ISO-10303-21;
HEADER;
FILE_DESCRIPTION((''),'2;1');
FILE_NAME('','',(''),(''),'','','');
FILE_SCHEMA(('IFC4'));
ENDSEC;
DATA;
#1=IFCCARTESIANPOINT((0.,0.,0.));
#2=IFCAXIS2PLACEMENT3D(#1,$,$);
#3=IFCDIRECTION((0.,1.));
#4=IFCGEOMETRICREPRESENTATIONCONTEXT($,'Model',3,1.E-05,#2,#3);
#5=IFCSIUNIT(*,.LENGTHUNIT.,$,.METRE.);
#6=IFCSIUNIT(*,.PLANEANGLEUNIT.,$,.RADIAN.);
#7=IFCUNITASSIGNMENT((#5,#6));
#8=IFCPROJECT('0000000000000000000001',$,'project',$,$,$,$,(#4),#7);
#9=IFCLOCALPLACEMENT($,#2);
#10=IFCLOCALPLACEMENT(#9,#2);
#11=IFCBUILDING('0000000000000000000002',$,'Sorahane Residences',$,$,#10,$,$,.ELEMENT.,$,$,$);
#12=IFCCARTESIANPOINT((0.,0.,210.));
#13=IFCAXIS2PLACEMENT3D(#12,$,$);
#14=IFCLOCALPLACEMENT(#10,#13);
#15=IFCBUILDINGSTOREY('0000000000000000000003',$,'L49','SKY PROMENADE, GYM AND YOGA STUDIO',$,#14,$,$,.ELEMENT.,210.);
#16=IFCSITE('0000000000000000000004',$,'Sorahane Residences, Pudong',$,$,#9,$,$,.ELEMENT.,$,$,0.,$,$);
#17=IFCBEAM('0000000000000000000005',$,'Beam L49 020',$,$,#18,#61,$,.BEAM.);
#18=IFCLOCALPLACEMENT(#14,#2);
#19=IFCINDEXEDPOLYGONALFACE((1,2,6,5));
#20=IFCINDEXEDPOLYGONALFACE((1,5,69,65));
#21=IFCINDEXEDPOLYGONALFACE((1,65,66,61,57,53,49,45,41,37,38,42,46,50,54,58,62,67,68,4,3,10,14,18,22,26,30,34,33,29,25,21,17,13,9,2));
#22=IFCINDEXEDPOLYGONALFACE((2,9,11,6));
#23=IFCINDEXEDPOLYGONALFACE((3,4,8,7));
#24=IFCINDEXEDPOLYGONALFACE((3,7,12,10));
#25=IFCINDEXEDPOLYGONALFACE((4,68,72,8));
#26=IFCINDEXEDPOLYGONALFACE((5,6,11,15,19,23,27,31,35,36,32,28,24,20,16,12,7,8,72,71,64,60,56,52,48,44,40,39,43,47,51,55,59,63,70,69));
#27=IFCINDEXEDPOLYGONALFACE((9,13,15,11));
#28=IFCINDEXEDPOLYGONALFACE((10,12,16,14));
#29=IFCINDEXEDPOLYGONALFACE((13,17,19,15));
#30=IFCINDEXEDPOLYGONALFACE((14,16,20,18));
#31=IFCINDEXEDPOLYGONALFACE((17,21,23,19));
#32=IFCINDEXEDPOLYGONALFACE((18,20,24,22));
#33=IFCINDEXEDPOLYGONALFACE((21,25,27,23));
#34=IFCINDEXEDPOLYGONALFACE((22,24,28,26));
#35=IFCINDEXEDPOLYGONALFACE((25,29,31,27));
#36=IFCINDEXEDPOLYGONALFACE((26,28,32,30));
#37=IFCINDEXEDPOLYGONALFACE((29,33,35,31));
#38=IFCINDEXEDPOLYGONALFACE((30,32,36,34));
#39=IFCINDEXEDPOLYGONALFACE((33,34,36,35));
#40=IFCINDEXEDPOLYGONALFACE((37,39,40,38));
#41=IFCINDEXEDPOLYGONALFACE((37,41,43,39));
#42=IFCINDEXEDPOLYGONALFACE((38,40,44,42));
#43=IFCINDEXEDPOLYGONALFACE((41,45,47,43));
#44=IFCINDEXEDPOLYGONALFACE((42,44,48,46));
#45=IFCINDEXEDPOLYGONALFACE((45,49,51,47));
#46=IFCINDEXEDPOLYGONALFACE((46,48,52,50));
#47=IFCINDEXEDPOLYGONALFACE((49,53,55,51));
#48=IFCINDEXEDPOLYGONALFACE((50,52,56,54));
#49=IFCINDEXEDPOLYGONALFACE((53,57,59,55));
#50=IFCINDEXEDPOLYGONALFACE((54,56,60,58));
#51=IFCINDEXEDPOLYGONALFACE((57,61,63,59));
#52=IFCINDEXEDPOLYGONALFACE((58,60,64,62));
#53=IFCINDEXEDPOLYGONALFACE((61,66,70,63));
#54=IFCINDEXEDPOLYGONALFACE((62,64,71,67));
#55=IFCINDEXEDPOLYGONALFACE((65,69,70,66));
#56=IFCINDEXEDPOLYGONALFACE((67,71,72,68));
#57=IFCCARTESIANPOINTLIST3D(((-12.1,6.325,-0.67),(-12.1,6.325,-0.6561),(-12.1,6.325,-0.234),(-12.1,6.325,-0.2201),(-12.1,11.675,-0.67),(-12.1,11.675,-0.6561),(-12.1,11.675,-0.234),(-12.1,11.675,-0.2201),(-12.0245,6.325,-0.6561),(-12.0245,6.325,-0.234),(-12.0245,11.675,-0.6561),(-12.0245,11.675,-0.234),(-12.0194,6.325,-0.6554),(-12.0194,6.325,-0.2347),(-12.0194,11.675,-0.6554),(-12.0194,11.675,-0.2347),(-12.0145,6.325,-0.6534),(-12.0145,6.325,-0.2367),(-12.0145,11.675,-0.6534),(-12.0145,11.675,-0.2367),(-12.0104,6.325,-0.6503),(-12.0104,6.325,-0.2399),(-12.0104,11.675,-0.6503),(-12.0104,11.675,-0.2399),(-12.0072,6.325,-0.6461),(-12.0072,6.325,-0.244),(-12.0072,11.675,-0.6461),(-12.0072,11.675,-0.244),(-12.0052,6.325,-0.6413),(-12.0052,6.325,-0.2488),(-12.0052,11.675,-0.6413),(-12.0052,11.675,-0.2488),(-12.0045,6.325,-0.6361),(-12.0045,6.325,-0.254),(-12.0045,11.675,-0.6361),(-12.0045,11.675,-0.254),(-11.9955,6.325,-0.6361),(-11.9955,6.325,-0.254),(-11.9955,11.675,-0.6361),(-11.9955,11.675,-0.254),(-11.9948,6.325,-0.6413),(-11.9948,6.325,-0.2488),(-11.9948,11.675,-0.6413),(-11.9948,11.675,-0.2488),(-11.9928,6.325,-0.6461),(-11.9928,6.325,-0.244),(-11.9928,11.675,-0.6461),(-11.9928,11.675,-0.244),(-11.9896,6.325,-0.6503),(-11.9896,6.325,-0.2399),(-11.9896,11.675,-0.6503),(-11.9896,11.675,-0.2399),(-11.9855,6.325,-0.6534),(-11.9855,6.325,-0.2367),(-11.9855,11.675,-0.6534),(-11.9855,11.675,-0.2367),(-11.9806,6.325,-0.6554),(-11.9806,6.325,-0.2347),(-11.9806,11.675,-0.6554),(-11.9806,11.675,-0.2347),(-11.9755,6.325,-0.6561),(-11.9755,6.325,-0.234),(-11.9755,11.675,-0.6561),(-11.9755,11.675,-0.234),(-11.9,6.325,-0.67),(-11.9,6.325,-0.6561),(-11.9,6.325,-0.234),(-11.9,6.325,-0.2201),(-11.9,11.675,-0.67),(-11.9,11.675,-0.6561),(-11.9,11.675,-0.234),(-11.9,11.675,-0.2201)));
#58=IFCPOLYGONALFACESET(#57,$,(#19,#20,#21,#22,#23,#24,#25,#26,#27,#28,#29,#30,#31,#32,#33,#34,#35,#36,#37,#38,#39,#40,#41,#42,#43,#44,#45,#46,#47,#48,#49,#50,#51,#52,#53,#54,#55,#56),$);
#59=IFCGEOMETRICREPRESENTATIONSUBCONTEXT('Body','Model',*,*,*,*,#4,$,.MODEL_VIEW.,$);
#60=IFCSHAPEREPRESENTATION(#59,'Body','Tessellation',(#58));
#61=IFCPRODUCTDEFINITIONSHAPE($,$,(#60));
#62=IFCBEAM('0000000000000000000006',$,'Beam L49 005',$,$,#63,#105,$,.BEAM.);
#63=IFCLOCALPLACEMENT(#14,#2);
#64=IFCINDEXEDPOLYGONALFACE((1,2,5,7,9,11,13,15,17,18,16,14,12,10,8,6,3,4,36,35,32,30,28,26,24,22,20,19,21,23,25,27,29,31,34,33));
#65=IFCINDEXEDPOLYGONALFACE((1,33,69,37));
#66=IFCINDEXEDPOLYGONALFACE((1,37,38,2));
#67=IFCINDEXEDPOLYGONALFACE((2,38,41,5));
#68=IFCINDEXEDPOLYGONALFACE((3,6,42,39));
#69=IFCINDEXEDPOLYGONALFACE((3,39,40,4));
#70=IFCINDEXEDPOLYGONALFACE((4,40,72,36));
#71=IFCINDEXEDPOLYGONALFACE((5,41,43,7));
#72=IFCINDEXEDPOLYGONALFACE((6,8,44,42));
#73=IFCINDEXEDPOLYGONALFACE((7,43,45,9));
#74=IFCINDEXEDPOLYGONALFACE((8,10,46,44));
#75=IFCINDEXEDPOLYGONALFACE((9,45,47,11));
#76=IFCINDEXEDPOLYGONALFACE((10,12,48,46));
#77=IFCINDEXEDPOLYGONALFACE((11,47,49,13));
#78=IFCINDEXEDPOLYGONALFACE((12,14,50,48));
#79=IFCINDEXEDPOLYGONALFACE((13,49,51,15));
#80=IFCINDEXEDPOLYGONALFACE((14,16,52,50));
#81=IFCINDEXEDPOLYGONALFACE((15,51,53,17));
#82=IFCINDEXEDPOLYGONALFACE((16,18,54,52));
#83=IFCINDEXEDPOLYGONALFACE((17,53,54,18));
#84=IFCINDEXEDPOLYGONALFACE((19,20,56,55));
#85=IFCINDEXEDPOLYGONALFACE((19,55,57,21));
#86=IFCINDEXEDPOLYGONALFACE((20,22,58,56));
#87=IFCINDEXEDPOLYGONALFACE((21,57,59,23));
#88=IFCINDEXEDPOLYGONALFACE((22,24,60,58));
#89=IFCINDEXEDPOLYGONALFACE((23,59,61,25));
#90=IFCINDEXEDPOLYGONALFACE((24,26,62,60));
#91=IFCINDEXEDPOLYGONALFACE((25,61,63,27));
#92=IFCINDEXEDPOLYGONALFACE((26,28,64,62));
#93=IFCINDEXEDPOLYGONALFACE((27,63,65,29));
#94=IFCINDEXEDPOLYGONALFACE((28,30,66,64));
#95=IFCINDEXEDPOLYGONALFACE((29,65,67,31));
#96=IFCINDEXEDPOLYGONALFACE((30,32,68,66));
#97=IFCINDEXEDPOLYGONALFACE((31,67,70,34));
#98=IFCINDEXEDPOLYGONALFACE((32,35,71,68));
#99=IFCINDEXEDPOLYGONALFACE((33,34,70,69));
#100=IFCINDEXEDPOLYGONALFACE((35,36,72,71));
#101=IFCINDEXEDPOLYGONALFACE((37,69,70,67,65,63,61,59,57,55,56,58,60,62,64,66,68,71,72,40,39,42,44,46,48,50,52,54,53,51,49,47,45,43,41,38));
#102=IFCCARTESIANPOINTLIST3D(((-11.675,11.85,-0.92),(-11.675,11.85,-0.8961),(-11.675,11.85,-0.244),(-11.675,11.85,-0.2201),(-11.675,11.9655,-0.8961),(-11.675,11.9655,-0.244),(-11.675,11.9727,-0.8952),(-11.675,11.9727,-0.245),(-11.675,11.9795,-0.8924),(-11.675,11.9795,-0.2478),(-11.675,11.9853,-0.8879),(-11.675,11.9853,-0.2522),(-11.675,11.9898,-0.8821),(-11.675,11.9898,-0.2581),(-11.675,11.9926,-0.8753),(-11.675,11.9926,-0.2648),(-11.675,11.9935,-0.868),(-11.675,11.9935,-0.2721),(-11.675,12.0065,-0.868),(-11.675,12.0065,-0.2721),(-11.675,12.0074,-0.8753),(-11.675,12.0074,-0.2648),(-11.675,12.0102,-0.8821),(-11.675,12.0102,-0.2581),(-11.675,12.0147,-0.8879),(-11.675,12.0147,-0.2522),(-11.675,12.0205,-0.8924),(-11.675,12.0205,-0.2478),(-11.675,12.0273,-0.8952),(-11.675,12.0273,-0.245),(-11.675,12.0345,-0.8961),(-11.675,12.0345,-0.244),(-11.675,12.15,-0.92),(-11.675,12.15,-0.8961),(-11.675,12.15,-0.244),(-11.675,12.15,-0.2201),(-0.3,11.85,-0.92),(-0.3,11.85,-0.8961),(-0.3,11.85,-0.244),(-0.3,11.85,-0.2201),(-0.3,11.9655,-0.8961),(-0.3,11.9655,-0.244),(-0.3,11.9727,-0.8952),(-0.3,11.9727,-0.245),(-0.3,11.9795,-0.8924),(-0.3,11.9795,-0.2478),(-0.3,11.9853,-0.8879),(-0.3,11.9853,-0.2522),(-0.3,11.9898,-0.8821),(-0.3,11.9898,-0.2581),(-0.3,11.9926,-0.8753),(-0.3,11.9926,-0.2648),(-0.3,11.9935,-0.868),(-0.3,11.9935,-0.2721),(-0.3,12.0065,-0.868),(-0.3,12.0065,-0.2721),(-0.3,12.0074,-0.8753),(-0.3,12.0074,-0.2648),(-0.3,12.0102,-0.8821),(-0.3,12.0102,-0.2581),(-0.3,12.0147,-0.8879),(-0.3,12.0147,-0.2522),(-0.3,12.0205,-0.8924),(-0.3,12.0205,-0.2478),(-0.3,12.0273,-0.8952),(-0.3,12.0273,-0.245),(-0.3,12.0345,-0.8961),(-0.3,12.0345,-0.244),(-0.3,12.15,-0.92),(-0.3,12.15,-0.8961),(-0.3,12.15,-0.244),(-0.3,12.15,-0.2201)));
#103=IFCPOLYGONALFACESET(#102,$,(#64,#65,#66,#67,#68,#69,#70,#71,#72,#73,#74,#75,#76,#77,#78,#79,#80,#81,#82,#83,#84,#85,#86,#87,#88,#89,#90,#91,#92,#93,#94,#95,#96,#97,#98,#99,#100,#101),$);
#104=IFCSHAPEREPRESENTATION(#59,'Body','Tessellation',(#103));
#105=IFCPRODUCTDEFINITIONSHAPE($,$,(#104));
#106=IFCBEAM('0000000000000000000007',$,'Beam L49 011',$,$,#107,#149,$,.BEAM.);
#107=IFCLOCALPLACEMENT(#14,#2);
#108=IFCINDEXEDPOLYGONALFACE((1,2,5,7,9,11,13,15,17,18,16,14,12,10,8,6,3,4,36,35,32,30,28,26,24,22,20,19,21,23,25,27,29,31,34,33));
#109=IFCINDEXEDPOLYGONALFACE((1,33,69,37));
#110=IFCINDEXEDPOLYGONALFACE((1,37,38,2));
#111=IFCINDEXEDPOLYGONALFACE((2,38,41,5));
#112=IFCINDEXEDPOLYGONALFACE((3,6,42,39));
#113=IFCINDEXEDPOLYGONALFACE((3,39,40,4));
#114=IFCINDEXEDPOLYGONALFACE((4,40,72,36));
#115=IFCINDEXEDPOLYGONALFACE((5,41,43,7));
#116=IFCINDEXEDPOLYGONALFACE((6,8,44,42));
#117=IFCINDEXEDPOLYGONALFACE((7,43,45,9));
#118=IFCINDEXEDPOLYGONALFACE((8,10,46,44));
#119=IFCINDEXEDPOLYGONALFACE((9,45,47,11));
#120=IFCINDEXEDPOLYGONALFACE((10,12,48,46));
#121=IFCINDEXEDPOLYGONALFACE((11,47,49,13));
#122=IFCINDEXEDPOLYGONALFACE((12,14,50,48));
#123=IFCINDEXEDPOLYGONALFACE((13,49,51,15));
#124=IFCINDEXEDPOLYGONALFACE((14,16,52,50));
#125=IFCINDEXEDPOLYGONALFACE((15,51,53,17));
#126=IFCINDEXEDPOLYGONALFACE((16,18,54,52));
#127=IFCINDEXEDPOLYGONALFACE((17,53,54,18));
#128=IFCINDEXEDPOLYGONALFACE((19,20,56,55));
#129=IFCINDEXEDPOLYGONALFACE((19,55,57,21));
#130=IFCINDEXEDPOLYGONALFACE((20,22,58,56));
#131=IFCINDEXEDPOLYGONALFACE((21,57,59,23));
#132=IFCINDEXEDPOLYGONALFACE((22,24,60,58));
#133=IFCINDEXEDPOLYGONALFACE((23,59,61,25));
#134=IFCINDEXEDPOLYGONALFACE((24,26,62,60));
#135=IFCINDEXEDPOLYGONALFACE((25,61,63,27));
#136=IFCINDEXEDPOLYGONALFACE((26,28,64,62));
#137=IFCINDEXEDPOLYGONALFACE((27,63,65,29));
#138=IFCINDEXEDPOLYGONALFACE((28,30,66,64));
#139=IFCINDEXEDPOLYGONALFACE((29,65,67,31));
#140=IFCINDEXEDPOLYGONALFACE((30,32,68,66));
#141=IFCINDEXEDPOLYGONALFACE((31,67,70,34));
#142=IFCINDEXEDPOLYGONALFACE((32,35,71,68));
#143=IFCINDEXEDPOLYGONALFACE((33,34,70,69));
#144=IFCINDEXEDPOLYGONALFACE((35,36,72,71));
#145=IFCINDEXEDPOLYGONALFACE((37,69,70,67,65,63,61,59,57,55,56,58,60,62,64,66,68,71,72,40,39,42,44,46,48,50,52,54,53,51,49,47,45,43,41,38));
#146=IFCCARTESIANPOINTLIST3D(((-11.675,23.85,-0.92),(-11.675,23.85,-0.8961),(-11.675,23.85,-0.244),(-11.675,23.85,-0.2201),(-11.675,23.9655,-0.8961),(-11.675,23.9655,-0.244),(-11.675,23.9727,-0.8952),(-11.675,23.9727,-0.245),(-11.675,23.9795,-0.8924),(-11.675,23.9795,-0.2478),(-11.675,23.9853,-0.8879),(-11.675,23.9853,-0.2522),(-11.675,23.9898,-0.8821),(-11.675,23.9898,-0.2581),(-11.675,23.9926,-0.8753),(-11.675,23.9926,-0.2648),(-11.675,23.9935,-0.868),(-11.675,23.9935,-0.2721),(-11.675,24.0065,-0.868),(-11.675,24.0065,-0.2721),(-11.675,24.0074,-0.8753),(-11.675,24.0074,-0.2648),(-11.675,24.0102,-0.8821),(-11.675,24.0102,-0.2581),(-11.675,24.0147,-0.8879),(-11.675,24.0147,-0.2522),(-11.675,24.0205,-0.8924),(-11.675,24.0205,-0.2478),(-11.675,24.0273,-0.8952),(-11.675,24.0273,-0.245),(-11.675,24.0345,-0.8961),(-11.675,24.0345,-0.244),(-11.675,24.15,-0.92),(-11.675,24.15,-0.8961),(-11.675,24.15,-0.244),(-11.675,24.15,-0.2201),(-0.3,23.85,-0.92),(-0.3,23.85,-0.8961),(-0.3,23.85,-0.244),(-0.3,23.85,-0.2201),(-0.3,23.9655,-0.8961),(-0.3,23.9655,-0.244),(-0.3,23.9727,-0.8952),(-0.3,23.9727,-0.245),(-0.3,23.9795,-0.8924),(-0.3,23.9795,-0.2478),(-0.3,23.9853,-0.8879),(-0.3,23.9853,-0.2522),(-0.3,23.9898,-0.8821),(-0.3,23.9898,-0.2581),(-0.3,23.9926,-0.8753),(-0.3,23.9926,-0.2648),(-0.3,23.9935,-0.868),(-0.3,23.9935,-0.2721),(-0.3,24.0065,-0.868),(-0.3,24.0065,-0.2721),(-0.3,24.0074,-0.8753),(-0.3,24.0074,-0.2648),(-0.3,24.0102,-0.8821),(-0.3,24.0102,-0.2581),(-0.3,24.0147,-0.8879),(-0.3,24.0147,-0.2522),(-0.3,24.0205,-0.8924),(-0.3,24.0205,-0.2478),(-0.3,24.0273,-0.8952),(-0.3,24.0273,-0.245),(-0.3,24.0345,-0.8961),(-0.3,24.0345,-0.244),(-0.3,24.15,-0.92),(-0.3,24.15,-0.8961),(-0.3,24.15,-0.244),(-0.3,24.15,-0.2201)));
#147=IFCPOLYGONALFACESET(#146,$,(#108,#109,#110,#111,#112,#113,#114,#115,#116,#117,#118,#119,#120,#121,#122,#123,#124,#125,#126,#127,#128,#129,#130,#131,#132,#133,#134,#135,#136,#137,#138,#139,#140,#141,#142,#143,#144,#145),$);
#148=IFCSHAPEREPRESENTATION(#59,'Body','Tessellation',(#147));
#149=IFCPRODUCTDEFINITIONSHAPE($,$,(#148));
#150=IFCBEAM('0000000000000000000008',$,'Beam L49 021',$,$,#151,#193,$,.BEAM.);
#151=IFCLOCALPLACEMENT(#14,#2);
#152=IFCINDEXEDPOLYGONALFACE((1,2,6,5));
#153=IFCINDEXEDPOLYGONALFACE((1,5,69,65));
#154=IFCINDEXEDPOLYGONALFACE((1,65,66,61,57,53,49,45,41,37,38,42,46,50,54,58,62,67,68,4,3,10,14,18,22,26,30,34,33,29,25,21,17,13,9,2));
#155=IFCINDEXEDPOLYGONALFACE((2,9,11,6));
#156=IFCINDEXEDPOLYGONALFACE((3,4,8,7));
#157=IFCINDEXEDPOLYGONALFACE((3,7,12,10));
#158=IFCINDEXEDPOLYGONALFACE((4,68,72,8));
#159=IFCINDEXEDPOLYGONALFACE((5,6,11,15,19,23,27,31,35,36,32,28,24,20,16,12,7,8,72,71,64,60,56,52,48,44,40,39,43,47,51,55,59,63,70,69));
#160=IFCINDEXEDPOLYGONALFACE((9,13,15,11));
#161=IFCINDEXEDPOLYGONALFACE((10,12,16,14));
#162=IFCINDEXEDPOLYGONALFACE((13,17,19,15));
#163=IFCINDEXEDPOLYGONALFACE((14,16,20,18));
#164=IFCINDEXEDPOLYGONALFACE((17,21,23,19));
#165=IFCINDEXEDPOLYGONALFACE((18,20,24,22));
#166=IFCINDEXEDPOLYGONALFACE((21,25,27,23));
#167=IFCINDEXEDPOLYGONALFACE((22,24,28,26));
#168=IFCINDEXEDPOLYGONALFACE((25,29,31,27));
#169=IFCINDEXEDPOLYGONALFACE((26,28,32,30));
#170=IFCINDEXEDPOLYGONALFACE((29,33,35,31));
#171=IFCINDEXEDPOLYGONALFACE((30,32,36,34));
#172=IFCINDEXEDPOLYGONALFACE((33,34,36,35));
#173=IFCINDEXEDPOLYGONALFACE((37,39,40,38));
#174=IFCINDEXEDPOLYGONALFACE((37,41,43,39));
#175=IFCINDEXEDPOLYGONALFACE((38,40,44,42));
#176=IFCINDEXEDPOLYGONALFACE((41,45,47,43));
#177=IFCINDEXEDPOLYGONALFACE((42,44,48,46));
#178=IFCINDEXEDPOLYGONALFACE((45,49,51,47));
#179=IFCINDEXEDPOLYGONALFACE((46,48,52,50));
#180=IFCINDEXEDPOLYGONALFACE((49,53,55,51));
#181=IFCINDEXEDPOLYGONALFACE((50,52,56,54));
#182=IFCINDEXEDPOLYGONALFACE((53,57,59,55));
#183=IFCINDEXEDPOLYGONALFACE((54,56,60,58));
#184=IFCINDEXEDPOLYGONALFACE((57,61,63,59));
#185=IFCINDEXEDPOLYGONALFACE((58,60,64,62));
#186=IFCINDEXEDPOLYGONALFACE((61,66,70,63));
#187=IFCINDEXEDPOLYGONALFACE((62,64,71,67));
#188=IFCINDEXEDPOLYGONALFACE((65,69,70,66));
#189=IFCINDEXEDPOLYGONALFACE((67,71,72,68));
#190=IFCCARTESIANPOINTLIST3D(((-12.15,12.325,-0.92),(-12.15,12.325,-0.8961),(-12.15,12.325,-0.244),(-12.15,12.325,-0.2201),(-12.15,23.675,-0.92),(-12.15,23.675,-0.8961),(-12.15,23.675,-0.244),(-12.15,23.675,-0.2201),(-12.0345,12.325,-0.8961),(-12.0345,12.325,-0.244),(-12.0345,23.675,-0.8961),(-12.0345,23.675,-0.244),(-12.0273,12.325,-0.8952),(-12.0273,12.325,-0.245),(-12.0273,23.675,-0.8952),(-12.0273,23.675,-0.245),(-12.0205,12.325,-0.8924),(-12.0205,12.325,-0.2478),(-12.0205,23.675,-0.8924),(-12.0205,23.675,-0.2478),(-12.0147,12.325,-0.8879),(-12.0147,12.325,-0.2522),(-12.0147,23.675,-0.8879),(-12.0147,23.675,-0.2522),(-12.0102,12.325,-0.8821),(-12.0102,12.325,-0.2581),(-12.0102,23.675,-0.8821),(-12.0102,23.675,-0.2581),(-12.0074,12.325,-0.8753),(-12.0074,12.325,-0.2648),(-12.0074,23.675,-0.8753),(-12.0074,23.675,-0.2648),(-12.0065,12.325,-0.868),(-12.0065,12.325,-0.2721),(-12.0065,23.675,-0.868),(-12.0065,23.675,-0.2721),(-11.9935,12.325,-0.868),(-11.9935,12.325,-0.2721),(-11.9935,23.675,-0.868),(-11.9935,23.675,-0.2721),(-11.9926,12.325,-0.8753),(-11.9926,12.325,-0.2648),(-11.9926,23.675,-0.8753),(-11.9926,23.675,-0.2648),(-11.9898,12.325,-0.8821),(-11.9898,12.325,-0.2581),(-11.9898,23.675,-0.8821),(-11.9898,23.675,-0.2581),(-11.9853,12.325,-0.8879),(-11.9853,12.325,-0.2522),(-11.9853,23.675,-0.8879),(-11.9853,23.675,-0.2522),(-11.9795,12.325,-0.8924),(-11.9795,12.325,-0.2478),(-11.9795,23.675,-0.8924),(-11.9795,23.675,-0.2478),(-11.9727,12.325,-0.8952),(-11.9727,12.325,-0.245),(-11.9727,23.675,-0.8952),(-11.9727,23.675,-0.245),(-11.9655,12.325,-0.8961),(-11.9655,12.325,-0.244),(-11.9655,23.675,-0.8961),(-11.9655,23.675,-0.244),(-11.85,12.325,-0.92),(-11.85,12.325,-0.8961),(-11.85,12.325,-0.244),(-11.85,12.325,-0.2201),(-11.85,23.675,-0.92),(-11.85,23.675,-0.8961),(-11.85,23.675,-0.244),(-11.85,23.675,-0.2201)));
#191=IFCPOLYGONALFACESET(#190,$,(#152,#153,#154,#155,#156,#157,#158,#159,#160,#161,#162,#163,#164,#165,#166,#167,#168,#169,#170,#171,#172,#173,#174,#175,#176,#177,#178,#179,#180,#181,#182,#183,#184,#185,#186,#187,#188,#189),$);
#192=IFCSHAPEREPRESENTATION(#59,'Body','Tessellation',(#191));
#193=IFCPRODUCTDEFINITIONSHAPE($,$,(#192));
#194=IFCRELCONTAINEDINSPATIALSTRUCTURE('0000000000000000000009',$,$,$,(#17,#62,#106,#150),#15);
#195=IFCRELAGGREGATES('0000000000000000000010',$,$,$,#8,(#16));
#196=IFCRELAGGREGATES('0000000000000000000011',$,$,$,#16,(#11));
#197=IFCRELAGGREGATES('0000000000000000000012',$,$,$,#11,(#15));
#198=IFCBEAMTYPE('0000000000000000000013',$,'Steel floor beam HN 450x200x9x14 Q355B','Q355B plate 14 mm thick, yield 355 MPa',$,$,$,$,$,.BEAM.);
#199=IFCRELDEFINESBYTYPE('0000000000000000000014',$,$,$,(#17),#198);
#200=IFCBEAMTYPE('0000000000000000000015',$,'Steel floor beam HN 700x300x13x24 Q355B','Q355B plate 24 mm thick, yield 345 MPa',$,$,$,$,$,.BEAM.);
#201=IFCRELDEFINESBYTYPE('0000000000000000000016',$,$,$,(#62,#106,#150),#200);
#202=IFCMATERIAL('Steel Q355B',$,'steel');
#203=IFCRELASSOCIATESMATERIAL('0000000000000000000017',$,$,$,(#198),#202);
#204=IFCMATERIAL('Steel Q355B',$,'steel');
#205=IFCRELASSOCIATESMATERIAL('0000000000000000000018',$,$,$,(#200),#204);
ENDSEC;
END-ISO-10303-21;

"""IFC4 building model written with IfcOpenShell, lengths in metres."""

from ifc_helpers import new_model, si_unit, direction, frame, origin, origin_2d, place, context, subcontext, project, spatial, i_section, extrude, material, material_profile, profile_set, type_object, element, save


model = new_model("IFC4")

# Units and contexts
model_context = context("Model", 3, precision=1e-05, world=origin(), true_north=direction((0.0, 1.0)))
body_context = subcontext(model_context, "Body", "Model", "MODEL_VIEW")
ifc_project = project(units=[si_unit("LENGTHUNIT", "METRE"), si_unit("PLANEANGLEUNIT", "RADIAN")], contexts=[model_context])

# Site, building, storey
site_placement = place(None, origin())
site = spatial("IfcSite", under=ifc_project, at=site_placement, Name="Sorahane Residences, Pudong", CompositionType="ELEMENT", RefElevation=0.0)
building_placement = place(site_placement, origin())
building = spatial("IfcBuilding", under=site, at=building_placement, Name="Sorahane Residences", CompositionType="ELEMENT")
storey_placement = place(building_placement, frame((0.0, 0.0, 210.0)))
storey = spatial("IfcBuildingStorey", under=building, at=storey_placement, Name="L49", Description="SKY PROMENADE, GYM AND YOGA STUDIO", CompositionType="ELEMENT", Elevation=210.0)

# Beams
ifc_material_1 = material(Name="Steel Q355B", Category="steel")
ifc_material_profile_1 = material_profile(ifc_material_1, i_section(OverallWidth=0.2, OverallDepth=0.45, WebThickness=0.009, FlangeThickness=0.0139, FilletRadius=0.02, at=origin_2d()), Name="HN 450x200x9x14")
ifc_profile_set_1 = profile_set([ifc_material_profile_1], Name="Steel Q355B")
beam_type_1 = type_object("IfcBeamType", Name="Steel floor beam HN 450x200x9x14 Q355B", Description="Q355B plate 14 mm thick, yield 355 MPa", PredefinedType="BEAM", material=ifc_profile_set_1)
beam_1_placement = place(storey_placement, frame((-12.0, 6.325, -0.4451), z_axis=(0.0, 1.0, 0.0), x_axis=(-1.0, 0.0, 0.0)))
element("IfcBeam", 1, at=beam_1_placement, inside=storey, type_object=beam_type_1, Name="Beam L49 020", PredefinedType="BEAM", context=body_context, shape_type="SweptSolid", body=[
    extrude(i_section(OverallWidth=0.2, OverallDepth=0.45, WebThickness=0.009, FlangeThickness=0.0139, FilletRadius=0.02, at=origin_2d()), origin(), (0.0, 0.0, 1.0), 5.3501),
])
ifc_material_2 = material(Name="Steel Q355B", Category="steel")
ifc_material_profile_2 = material_profile(ifc_material_2, i_section(OverallWidth=0.3, OverallDepth=0.7, WebThickness=0.0129, FlangeThickness=0.0239, FilletRadius=0.0281, at=origin_2d()), Name="HN 700x300x13x24")
ifc_profile_set_2 = profile_set([ifc_material_profile_2], Name="Steel Q355B")
beam_type_2 = type_object("IfcBeamType", Name="Steel floor beam HN 700x300x13x24 Q355B", Description="Q355B plate 24 mm thick, yield 345 MPa", PredefinedType="BEAM", material=ifc_profile_set_2)
for number, where, z_axis, x_axis, name in (
    (2, (-11.675, 12.0, -0.5701), (1.0, 0.0, 0.0), (0.0, 1.0, 0.0), "Beam L49 005"),
    (3, (-11.675, 24.0, -0.5701), (1.0, 0.0, 0.0), (0.0, 1.0, 0.0), "Beam L49 011"),
):
    element("IfcBeam", number, at=place(storey_placement, frame(where, z_axis=z_axis, x_axis=x_axis)), inside=storey, type_object=beam_type_2, Name=name, PredefinedType="BEAM", context=body_context, shape_type="SweptSolid", body=[
        extrude(i_section(OverallWidth=0.3, OverallDepth=0.7, WebThickness=0.0129, FlangeThickness=0.0239, FilletRadius=0.0281, at=origin_2d()), origin(), (0.0, 0.0, 1.0), 11.375),
    ])
for number, where, z_axis, x_axis, name in (
    (4, (-12.0, 12.325, -0.5701), (0.0, 1.0, 0.0), (-1.0, 0.0, 0.0), "Beam L49 021"),
):
    element("IfcBeam", number, at=place(storey_placement, frame(where, z_axis=z_axis, x_axis=x_axis)), inside=storey, type_object=beam_type_2, Name=name, PredefinedType="BEAM", context=body_context, shape_type="SweptSolid", body=[
        extrude(i_section(OverallWidth=0.3, OverallDepth=0.7, WebThickness=0.0129, FlangeThickness=0.0239, FilletRadius=0.0281, at=origin_2d()), origin(), (0.0, 0.0, 1.0), 11.3501),
    ])

save(model, "model.ifc")
